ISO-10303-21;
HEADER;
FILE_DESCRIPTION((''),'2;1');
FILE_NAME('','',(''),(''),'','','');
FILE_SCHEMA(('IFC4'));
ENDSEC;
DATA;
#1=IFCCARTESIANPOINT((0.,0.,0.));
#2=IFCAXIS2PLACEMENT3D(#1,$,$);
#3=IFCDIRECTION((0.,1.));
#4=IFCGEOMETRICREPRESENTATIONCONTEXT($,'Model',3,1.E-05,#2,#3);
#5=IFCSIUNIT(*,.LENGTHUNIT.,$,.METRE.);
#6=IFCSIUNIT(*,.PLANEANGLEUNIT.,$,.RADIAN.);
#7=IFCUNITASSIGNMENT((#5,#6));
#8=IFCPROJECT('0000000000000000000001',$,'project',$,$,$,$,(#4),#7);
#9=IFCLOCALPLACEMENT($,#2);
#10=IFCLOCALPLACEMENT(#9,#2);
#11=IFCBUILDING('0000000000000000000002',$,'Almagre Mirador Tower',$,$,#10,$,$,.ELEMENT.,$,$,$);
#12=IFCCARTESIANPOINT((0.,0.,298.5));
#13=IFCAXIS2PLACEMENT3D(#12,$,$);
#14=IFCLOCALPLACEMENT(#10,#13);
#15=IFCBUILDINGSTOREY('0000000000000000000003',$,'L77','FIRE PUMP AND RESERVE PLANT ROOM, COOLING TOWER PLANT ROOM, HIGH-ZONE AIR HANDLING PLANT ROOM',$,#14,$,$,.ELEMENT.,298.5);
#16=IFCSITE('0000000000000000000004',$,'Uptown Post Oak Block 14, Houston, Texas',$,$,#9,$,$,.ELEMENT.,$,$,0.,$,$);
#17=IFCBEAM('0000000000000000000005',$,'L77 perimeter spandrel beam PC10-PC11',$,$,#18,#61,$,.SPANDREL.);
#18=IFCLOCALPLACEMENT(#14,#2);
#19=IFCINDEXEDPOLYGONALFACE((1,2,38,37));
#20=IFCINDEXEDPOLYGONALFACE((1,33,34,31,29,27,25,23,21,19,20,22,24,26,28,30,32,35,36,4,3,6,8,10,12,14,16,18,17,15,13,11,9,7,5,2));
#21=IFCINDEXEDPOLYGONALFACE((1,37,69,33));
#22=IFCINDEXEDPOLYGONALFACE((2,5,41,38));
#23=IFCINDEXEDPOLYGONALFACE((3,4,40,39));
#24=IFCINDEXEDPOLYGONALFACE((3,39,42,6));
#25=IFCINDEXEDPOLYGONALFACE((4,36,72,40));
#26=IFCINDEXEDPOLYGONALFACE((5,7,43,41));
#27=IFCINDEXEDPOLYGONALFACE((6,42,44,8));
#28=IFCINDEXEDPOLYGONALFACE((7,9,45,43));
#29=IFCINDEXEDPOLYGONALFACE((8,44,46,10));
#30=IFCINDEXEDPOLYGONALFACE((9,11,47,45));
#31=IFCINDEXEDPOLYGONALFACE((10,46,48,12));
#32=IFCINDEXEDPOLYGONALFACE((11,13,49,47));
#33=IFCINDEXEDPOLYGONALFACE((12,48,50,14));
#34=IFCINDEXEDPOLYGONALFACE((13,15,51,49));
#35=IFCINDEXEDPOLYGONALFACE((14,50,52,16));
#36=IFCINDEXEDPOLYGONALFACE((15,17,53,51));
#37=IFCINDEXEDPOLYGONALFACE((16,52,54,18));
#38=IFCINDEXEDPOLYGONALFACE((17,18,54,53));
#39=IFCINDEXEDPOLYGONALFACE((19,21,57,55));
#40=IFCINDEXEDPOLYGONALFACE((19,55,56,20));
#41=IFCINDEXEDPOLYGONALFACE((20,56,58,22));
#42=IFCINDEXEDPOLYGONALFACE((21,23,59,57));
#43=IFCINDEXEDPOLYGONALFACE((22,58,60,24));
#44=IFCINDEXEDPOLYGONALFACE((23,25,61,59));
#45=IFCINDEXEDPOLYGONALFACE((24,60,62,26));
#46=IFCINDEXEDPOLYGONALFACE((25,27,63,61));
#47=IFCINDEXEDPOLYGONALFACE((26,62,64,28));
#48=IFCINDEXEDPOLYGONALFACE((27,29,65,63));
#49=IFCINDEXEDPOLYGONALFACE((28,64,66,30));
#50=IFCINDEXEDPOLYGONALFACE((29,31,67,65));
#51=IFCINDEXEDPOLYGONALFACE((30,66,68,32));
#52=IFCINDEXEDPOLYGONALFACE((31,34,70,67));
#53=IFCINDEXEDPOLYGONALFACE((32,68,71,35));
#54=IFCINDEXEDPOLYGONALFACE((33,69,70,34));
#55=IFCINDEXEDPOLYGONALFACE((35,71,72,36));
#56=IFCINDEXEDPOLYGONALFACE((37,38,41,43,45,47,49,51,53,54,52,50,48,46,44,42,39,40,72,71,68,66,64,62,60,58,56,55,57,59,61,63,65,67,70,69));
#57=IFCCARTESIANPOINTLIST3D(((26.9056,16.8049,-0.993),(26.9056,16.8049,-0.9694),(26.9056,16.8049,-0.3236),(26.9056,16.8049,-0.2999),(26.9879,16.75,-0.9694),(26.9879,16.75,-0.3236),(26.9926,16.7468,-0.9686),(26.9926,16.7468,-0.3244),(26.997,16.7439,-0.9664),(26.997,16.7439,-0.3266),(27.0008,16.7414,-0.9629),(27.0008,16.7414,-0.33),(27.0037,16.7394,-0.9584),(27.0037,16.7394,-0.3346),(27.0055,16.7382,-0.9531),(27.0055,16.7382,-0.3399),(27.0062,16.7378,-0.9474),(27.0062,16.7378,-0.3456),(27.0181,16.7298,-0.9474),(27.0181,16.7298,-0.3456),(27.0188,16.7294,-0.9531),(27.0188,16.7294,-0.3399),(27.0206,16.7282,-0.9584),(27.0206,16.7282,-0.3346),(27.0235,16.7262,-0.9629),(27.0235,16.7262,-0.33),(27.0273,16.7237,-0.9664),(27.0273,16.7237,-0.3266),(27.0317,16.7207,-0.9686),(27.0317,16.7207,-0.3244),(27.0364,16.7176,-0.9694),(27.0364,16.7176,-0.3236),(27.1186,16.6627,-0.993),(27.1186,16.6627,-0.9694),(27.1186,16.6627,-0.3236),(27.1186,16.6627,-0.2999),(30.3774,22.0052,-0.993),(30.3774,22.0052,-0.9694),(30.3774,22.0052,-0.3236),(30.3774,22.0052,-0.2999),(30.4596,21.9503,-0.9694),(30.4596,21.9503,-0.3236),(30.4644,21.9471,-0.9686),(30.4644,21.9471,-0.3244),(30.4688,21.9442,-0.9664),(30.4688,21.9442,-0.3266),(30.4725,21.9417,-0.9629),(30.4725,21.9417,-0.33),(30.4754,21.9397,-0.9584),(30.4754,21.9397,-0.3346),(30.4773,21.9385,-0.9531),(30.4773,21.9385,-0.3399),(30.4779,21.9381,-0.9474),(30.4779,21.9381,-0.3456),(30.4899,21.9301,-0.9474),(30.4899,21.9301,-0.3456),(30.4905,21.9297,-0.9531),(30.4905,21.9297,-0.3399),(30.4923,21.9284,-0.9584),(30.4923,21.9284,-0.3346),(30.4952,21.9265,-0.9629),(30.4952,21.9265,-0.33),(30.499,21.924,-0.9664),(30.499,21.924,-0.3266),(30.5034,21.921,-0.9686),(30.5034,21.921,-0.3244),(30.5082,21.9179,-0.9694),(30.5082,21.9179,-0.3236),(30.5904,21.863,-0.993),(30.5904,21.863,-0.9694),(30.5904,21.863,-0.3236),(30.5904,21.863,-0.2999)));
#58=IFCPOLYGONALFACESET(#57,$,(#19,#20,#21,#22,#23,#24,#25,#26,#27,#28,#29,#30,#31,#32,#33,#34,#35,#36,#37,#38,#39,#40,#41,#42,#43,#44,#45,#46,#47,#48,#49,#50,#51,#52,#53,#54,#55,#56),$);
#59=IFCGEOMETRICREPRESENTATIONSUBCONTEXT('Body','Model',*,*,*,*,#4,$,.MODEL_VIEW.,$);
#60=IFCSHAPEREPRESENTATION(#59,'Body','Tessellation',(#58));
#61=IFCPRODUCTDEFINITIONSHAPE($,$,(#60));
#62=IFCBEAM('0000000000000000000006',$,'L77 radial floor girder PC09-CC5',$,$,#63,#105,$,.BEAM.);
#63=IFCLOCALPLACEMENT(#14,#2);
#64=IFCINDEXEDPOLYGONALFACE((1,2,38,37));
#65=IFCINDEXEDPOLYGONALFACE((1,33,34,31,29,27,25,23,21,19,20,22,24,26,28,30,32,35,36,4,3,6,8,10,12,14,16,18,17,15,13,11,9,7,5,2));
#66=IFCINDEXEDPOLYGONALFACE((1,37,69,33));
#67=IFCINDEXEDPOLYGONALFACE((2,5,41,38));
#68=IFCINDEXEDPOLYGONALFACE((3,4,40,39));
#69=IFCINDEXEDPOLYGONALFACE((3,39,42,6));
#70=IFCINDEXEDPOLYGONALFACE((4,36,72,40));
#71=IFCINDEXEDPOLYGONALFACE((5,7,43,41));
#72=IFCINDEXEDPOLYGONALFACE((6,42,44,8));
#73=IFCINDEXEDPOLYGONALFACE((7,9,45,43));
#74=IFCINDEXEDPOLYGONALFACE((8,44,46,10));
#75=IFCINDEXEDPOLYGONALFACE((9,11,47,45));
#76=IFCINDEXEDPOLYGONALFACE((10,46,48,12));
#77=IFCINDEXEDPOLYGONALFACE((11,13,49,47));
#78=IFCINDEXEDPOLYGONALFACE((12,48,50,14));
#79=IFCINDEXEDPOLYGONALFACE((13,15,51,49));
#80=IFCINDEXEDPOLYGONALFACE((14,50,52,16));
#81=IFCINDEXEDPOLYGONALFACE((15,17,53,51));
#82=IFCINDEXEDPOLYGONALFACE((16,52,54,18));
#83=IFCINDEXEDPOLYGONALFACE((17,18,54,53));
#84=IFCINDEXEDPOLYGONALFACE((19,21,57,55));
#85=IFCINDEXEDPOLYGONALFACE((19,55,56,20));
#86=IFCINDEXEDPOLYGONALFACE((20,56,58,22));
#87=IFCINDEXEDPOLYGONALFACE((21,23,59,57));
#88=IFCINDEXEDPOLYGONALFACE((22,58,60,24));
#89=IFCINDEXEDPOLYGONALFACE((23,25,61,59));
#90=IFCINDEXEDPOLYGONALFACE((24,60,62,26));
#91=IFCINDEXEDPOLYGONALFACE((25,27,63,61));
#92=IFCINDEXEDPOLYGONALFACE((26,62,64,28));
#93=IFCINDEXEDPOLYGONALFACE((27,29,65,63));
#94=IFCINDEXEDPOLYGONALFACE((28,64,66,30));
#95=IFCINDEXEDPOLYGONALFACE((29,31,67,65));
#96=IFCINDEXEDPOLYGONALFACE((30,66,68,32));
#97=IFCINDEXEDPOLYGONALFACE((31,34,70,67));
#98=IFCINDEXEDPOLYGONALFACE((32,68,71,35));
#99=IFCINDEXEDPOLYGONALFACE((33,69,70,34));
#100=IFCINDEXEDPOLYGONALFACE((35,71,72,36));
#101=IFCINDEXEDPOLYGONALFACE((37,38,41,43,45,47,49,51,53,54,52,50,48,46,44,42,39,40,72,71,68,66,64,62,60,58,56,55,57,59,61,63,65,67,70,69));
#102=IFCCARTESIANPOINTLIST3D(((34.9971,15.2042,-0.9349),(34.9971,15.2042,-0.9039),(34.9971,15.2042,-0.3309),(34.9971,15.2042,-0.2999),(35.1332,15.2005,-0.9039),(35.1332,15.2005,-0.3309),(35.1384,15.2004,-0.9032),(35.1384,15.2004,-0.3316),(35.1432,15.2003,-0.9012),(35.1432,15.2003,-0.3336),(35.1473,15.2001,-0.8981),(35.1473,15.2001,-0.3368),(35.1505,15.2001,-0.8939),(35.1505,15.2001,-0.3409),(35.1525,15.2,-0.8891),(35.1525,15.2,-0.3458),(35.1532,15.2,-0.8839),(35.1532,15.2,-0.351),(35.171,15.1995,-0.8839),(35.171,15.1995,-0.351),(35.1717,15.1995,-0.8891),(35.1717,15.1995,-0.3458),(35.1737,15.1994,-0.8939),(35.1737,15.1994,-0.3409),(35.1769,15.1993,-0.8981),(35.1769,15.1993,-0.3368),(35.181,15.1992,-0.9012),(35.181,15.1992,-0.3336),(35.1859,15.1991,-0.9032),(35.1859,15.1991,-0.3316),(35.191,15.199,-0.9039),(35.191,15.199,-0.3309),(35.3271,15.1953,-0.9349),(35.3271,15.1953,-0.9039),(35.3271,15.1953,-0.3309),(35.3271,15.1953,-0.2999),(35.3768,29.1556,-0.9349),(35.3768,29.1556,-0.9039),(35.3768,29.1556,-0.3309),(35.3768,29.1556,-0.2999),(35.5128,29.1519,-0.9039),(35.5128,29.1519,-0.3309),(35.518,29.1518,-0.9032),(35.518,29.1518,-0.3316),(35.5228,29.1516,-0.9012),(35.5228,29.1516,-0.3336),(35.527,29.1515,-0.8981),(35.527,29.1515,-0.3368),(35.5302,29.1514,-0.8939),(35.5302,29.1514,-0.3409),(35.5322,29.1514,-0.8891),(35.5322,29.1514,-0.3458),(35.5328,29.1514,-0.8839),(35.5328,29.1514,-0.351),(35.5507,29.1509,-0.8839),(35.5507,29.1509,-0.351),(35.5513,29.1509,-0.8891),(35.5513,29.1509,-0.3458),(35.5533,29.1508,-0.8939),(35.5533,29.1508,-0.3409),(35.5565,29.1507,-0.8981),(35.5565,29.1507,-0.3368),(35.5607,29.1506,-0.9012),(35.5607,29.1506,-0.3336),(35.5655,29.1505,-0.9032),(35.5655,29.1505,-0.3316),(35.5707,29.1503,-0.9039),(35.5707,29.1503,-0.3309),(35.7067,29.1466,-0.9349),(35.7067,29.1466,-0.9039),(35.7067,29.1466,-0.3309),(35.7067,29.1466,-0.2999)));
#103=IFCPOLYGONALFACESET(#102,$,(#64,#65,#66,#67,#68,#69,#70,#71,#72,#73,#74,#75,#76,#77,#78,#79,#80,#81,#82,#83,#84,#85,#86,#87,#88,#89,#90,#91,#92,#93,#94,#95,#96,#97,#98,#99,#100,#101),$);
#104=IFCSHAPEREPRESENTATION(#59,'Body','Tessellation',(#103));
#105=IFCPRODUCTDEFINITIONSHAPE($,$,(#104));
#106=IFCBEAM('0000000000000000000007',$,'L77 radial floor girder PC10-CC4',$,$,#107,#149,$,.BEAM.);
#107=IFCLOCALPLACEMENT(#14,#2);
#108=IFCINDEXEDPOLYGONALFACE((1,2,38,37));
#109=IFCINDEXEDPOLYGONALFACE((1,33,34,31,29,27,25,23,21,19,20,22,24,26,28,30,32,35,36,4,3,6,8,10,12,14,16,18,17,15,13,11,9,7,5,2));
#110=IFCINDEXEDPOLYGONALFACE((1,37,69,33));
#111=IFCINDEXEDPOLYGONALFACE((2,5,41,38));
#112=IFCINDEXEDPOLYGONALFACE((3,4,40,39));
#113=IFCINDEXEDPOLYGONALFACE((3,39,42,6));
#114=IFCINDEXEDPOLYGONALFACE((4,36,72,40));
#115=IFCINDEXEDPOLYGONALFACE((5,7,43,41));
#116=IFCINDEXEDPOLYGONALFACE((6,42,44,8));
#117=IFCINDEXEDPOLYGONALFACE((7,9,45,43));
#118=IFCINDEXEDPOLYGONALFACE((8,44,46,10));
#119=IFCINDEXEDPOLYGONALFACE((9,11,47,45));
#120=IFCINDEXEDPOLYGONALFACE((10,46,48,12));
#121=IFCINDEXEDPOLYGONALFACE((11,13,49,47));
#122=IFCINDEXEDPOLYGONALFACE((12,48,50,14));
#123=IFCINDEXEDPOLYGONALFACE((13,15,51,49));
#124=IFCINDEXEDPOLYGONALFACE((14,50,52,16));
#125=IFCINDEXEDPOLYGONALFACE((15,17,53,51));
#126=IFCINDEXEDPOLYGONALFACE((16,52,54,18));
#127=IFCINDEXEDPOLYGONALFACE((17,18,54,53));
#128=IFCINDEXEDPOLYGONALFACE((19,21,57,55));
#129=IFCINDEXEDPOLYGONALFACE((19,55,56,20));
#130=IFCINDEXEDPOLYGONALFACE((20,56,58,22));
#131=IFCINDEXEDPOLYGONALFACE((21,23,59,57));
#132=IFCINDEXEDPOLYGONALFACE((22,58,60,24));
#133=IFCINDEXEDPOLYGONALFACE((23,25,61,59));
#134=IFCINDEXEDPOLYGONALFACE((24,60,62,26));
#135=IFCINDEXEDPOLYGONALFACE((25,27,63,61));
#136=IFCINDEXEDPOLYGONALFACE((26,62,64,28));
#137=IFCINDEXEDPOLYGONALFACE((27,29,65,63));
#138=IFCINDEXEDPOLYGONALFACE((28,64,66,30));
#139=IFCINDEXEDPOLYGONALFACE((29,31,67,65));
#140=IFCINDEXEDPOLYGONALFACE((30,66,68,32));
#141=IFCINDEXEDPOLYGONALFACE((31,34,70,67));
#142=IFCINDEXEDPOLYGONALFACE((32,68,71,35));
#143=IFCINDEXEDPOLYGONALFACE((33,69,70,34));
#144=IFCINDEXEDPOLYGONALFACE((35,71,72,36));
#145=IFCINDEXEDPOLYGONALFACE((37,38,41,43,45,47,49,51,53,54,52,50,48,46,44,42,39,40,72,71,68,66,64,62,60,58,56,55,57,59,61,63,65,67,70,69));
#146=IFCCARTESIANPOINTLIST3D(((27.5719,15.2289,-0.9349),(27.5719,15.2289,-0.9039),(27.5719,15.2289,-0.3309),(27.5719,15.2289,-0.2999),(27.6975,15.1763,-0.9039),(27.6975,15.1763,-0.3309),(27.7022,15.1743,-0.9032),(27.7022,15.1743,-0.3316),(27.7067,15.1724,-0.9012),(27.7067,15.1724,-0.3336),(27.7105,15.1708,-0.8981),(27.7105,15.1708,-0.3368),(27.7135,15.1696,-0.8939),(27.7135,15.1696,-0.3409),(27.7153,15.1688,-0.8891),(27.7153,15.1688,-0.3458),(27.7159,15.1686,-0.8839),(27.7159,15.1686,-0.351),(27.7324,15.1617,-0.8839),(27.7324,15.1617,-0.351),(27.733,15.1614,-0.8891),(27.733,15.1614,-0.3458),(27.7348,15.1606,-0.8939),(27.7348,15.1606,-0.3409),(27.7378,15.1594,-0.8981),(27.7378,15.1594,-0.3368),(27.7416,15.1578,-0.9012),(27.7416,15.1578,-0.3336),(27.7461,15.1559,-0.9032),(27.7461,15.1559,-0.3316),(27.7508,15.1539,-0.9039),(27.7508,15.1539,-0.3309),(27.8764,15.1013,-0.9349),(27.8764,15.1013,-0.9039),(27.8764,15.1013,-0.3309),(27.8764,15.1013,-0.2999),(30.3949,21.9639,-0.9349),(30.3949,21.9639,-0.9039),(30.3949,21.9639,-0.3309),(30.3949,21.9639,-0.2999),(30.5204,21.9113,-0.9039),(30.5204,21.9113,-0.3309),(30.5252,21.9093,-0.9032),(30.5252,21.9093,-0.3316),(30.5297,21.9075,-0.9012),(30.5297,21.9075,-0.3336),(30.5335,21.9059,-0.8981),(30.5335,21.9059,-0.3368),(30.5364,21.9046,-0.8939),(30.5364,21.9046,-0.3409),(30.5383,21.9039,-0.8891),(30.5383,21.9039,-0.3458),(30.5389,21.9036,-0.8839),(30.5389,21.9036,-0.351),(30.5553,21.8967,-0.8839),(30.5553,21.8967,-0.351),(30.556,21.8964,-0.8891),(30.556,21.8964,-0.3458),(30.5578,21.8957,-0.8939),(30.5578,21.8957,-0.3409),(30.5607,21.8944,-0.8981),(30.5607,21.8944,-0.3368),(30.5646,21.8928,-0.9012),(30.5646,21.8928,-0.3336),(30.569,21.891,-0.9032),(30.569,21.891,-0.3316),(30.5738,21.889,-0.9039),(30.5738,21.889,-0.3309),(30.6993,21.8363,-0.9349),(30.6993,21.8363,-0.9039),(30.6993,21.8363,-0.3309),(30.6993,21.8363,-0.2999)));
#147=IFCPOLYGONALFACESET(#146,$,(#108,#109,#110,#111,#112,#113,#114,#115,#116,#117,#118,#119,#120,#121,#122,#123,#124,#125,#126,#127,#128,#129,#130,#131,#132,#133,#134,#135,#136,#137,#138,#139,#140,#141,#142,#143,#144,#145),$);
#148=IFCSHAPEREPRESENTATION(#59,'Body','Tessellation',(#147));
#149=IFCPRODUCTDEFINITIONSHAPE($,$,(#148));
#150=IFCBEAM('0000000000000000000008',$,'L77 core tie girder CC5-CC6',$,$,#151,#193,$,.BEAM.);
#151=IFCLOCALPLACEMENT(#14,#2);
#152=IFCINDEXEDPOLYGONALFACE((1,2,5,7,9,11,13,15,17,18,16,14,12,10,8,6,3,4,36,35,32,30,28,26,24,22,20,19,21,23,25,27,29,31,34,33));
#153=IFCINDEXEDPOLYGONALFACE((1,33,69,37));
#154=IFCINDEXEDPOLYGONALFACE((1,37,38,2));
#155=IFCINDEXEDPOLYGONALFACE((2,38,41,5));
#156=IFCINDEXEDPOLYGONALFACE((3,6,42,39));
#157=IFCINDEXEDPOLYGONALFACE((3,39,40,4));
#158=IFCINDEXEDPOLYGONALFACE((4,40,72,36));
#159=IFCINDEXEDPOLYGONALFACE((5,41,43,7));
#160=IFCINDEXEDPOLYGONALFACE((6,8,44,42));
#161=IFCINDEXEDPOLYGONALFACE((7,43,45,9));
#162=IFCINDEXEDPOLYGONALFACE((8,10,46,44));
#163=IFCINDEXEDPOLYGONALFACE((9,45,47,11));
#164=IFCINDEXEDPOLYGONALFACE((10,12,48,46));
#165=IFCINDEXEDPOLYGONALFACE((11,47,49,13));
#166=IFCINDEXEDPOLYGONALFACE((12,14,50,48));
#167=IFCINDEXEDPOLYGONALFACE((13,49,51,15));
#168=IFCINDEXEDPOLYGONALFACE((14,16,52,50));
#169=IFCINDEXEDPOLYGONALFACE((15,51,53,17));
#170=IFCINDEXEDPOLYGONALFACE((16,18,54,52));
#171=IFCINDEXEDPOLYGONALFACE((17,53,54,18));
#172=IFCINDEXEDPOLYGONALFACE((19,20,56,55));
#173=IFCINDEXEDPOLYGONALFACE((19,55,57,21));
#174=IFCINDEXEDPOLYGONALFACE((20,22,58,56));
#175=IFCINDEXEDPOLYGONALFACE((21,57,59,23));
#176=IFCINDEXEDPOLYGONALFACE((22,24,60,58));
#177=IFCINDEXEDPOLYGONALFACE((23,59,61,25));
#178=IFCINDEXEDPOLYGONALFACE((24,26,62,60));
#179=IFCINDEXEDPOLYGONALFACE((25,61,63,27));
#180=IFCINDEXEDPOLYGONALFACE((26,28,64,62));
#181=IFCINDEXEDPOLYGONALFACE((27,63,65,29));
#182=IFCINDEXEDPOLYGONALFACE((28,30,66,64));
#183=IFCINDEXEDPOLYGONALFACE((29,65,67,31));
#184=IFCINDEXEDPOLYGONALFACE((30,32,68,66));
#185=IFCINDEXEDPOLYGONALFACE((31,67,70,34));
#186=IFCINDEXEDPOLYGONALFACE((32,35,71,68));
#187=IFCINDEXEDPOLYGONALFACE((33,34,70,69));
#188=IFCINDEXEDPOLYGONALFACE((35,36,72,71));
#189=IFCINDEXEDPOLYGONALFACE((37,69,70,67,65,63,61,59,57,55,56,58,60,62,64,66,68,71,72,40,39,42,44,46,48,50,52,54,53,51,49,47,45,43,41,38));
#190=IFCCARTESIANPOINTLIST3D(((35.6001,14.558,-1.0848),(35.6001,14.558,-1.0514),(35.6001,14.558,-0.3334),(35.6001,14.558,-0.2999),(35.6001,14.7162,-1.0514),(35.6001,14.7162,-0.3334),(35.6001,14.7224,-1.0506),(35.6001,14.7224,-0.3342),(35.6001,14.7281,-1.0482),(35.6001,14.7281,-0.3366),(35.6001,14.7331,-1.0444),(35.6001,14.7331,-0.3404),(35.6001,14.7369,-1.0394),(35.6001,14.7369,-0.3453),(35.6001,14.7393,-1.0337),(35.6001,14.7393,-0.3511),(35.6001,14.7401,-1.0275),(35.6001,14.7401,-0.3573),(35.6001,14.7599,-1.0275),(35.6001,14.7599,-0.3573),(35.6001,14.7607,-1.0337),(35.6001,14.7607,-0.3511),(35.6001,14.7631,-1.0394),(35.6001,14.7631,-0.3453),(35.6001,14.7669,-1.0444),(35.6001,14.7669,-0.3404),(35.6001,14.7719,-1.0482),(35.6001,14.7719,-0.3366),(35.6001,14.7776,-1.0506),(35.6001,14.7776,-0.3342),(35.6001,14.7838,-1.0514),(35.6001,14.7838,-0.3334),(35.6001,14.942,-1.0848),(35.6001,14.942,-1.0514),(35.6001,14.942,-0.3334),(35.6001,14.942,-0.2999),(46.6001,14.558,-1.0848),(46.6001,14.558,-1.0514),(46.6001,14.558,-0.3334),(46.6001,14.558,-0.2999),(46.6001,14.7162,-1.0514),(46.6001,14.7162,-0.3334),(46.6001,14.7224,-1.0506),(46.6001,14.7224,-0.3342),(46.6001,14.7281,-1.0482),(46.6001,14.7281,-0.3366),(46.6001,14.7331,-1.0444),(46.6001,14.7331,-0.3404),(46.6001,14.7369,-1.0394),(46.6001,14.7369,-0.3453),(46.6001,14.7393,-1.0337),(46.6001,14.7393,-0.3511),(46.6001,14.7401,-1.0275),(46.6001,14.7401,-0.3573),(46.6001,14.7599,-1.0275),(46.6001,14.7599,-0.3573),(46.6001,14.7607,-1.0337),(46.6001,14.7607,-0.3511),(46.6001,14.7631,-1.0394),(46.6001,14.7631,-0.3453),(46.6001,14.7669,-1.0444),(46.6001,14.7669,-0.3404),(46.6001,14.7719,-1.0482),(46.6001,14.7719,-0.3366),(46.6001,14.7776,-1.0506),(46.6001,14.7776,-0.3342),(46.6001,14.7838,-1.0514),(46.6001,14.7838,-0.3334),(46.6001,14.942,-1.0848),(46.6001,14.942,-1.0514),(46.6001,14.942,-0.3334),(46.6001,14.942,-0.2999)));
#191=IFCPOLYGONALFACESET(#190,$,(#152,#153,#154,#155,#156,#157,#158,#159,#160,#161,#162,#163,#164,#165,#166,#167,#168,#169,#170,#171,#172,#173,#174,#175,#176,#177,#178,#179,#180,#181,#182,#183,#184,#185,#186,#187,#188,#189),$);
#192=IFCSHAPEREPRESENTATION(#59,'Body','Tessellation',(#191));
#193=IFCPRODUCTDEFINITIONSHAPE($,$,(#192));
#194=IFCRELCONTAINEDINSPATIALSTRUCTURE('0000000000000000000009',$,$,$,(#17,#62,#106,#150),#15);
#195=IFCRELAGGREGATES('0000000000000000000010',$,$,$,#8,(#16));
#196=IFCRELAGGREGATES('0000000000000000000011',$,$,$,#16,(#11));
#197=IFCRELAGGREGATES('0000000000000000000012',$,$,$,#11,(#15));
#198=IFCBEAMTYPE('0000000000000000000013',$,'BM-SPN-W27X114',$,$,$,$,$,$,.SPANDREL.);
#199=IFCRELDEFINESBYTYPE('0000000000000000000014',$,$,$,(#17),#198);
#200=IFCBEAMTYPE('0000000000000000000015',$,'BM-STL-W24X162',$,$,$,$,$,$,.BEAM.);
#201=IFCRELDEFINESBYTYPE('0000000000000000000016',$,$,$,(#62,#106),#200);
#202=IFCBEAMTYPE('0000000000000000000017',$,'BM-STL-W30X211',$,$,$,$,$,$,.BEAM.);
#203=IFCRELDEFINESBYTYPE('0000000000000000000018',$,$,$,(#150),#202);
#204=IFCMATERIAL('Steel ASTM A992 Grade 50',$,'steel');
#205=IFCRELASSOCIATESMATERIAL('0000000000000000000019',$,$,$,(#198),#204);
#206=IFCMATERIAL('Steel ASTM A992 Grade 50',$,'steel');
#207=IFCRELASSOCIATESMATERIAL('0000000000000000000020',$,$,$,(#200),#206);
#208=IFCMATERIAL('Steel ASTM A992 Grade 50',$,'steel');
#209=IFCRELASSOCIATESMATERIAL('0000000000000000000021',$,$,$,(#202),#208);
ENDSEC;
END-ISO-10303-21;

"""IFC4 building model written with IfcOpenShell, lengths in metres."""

from ifc_helpers import new_model, si_unit, direction, frame, origin, origin_2d, place, context, subcontext, project, spatial, i_section, extrude, material, material_profile, profile_set, type_object, element, save


model = new_model("IFC4")

# Units and contexts
model_context = context("Model", 3, precision=1e-05, world=origin(), true_north=direction((0.0, 1.0)))
body_context = subcontext(model_context, "Body", "Model", "MODEL_VIEW")
ifc_project = project(units=[si_unit("LENGTHUNIT", "METRE"), si_unit("PLANEANGLEUNIT", "RADIAN")], contexts=[model_context])

# Site, building, storey
site_placement = place(None, origin())
site = spatial("IfcSite", under=ifc_project, at=site_placement, Name="Uptown Post Oak Block 14, Houston, Texas", CompositionType="ELEMENT", RefElevation=0.0)
building_placement = place(site_placement, origin())
building = spatial("IfcBuilding", under=site, at=building_placement, Name="Almagre Mirador Tower", CompositionType="ELEMENT")
storey_placement = place(building_placement, frame((0.0, 0.0, 298.5)))
storey = spatial("IfcBuildingStorey", under=building, at=storey_placement, Name="L77", Description="FIRE PUMP AND RESERVE PLANT ROOM, COOLING TOWER PLANT ROOM, HIGH-ZONE AIR HANDLING PLANT ROOM", CompositionType="ELEMENT", Elevation=298.5)

# Beams
ifc_material_1 = material(Name="Steel ASTM A992 Grade 50", Category="steel")
ifc_material_profile_1 = material_profile(ifc_material_1, i_section(OverallWidth=0.2561, OverallDepth=0.6931, WebThickness=0.0144, FlangeThickness=0.0237, FilletRadius=0.022, at=origin_2d()), Name="W27X114")
ifc_profile_set_1 = profile_set([ifc_material_profile_1], Name="Steel ASTM A992 Grade 50")
beam_type_1 = type_object("IfcBeamType", Name="BM-SPN-W27X114", PredefinedType="SPANDREL", material=ifc_profile_set_1)
beam_1_placement = place(storey_placement, frame((30.4839, 21.9341, -0.6465), z_axis=(-0.555241, -0.83169, 0.0), x_axis=(0.83169, -0.555241, 0.0)))
element("IfcBeam", 1, at=beam_1_placement, inside=storey, type_object=beam_type_1, Name="L77 perimeter spandrel beam PC10-PC11", PredefinedType="SPANDREL", context=body_context, shape_type="SweptSolid", body=[
    extrude(i_section(OverallWidth=0.2561, OverallDepth=0.6931, WebThickness=0.0144, FlangeThickness=0.0237, FilletRadius=0.022, at=origin_2d()), origin(), (0.0, 0.0, 1.0), 6.2527),
])
ifc_material_2 = material(Name="Steel ASTM A992 Grade 50", Category="steel")
ifc_material_profile_2 = material_profile(ifc_material_2, i_section(OverallWidth=0.3301, OverallDepth=0.635, WebThickness=0.0178, FlangeThickness=0.031, FilletRadius=0.02, at=origin_2d()), Name="W24X162")
ifc_profile_set_2 = profile_set([ifc_material_profile_2], Name="Steel ASTM A992 Grade 50")
beam_type_2 = type_object("IfcBeamType", Name="BM-STL-W24X162", PredefinedType="BEAM", material=ifc_profile_set_2)
beam_2_placement = place(storey_placement, frame((35.5417, 29.1511, -0.6174), z_axis=(-0.027201, -0.99963, 0.0), x_axis=(0.99963, -0.027201, 0.0)))
element("IfcBeam", 2, at=beam_2_placement, inside=storey, type_object=beam_type_2, Name="L77 radial floor girder PC09-CC5", PredefinedType="BEAM", context=body_context, shape_type="SweptSolid", body=[
    extrude(i_section(OverallWidth=0.3301, OverallDepth=0.635, WebThickness=0.0178, FlangeThickness=0.031, FilletRadius=0.02, at=origin_2d()), origin(), (0.0, 0.0, 1.0), 13.9565),
])
beam_3_placement = place(storey_placement, frame((30.5471, 21.9001, -0.6174), z_axis=(-0.386563, -0.922263, 0.0), x_axis=(0.922263, -0.386563, 0.0)))
element("IfcBeam", 3, at=beam_3_placement, inside=storey, type_object=beam_type_2, Name="L77 radial floor girder PC10-CC4", PredefinedType="BEAM", context=body_context, shape_type="SweptSolid", body=[
    extrude(i_section(OverallWidth=0.3301, OverallDepth=0.635, WebThickness=0.0178, FlangeThickness=0.031, FilletRadius=0.02, at=origin_2d()), origin(), (0.0, 0.0, 1.0), 7.3027),
])
ifc_material_3 = material(Name="Steel ASTM A992 Grade 50", Category="steel")
ifc_material_profile_3 = material_profile(ifc_material_3, i_section(OverallWidth=0.384, OverallDepth=0.7849, WebThickness=0.0198, FlangeThickness=0.0334, FilletRadius=0.0239, at=origin_2d()), Name="W30X211")
ifc_profile_set_3 = profile_set([ifc_material_profile_3], Name="Steel ASTM A992 Grade 50")
beam_type_3 = type_object("IfcBeamType", Name="BM-STL-W30X211", PredefinedType="BEAM", material=ifc_profile_set_3)
beam_4_placement = place(storey_placement, frame((35.6001, 14.75, -0.6924), z_axis=(1.0, 0.0, 0.0), x_axis=(0.0, 1.0, 0.0)))
element("IfcBeam", 4, at=beam_4_placement, inside=storey, type_object=beam_type_3, Name="L77 core tie girder CC5-CC6", PredefinedType="BEAM", context=body_context, shape_type="SweptSolid", body=[
    extrude(i_section(OverallWidth=0.384, OverallDepth=0.7849, WebThickness=0.0198, FlangeThickness=0.0334, FilletRadius=0.0239, at=origin_2d()), origin(), (0.0, 0.0, 1.0), 11.0),
])

save(model, "model.ifc")
